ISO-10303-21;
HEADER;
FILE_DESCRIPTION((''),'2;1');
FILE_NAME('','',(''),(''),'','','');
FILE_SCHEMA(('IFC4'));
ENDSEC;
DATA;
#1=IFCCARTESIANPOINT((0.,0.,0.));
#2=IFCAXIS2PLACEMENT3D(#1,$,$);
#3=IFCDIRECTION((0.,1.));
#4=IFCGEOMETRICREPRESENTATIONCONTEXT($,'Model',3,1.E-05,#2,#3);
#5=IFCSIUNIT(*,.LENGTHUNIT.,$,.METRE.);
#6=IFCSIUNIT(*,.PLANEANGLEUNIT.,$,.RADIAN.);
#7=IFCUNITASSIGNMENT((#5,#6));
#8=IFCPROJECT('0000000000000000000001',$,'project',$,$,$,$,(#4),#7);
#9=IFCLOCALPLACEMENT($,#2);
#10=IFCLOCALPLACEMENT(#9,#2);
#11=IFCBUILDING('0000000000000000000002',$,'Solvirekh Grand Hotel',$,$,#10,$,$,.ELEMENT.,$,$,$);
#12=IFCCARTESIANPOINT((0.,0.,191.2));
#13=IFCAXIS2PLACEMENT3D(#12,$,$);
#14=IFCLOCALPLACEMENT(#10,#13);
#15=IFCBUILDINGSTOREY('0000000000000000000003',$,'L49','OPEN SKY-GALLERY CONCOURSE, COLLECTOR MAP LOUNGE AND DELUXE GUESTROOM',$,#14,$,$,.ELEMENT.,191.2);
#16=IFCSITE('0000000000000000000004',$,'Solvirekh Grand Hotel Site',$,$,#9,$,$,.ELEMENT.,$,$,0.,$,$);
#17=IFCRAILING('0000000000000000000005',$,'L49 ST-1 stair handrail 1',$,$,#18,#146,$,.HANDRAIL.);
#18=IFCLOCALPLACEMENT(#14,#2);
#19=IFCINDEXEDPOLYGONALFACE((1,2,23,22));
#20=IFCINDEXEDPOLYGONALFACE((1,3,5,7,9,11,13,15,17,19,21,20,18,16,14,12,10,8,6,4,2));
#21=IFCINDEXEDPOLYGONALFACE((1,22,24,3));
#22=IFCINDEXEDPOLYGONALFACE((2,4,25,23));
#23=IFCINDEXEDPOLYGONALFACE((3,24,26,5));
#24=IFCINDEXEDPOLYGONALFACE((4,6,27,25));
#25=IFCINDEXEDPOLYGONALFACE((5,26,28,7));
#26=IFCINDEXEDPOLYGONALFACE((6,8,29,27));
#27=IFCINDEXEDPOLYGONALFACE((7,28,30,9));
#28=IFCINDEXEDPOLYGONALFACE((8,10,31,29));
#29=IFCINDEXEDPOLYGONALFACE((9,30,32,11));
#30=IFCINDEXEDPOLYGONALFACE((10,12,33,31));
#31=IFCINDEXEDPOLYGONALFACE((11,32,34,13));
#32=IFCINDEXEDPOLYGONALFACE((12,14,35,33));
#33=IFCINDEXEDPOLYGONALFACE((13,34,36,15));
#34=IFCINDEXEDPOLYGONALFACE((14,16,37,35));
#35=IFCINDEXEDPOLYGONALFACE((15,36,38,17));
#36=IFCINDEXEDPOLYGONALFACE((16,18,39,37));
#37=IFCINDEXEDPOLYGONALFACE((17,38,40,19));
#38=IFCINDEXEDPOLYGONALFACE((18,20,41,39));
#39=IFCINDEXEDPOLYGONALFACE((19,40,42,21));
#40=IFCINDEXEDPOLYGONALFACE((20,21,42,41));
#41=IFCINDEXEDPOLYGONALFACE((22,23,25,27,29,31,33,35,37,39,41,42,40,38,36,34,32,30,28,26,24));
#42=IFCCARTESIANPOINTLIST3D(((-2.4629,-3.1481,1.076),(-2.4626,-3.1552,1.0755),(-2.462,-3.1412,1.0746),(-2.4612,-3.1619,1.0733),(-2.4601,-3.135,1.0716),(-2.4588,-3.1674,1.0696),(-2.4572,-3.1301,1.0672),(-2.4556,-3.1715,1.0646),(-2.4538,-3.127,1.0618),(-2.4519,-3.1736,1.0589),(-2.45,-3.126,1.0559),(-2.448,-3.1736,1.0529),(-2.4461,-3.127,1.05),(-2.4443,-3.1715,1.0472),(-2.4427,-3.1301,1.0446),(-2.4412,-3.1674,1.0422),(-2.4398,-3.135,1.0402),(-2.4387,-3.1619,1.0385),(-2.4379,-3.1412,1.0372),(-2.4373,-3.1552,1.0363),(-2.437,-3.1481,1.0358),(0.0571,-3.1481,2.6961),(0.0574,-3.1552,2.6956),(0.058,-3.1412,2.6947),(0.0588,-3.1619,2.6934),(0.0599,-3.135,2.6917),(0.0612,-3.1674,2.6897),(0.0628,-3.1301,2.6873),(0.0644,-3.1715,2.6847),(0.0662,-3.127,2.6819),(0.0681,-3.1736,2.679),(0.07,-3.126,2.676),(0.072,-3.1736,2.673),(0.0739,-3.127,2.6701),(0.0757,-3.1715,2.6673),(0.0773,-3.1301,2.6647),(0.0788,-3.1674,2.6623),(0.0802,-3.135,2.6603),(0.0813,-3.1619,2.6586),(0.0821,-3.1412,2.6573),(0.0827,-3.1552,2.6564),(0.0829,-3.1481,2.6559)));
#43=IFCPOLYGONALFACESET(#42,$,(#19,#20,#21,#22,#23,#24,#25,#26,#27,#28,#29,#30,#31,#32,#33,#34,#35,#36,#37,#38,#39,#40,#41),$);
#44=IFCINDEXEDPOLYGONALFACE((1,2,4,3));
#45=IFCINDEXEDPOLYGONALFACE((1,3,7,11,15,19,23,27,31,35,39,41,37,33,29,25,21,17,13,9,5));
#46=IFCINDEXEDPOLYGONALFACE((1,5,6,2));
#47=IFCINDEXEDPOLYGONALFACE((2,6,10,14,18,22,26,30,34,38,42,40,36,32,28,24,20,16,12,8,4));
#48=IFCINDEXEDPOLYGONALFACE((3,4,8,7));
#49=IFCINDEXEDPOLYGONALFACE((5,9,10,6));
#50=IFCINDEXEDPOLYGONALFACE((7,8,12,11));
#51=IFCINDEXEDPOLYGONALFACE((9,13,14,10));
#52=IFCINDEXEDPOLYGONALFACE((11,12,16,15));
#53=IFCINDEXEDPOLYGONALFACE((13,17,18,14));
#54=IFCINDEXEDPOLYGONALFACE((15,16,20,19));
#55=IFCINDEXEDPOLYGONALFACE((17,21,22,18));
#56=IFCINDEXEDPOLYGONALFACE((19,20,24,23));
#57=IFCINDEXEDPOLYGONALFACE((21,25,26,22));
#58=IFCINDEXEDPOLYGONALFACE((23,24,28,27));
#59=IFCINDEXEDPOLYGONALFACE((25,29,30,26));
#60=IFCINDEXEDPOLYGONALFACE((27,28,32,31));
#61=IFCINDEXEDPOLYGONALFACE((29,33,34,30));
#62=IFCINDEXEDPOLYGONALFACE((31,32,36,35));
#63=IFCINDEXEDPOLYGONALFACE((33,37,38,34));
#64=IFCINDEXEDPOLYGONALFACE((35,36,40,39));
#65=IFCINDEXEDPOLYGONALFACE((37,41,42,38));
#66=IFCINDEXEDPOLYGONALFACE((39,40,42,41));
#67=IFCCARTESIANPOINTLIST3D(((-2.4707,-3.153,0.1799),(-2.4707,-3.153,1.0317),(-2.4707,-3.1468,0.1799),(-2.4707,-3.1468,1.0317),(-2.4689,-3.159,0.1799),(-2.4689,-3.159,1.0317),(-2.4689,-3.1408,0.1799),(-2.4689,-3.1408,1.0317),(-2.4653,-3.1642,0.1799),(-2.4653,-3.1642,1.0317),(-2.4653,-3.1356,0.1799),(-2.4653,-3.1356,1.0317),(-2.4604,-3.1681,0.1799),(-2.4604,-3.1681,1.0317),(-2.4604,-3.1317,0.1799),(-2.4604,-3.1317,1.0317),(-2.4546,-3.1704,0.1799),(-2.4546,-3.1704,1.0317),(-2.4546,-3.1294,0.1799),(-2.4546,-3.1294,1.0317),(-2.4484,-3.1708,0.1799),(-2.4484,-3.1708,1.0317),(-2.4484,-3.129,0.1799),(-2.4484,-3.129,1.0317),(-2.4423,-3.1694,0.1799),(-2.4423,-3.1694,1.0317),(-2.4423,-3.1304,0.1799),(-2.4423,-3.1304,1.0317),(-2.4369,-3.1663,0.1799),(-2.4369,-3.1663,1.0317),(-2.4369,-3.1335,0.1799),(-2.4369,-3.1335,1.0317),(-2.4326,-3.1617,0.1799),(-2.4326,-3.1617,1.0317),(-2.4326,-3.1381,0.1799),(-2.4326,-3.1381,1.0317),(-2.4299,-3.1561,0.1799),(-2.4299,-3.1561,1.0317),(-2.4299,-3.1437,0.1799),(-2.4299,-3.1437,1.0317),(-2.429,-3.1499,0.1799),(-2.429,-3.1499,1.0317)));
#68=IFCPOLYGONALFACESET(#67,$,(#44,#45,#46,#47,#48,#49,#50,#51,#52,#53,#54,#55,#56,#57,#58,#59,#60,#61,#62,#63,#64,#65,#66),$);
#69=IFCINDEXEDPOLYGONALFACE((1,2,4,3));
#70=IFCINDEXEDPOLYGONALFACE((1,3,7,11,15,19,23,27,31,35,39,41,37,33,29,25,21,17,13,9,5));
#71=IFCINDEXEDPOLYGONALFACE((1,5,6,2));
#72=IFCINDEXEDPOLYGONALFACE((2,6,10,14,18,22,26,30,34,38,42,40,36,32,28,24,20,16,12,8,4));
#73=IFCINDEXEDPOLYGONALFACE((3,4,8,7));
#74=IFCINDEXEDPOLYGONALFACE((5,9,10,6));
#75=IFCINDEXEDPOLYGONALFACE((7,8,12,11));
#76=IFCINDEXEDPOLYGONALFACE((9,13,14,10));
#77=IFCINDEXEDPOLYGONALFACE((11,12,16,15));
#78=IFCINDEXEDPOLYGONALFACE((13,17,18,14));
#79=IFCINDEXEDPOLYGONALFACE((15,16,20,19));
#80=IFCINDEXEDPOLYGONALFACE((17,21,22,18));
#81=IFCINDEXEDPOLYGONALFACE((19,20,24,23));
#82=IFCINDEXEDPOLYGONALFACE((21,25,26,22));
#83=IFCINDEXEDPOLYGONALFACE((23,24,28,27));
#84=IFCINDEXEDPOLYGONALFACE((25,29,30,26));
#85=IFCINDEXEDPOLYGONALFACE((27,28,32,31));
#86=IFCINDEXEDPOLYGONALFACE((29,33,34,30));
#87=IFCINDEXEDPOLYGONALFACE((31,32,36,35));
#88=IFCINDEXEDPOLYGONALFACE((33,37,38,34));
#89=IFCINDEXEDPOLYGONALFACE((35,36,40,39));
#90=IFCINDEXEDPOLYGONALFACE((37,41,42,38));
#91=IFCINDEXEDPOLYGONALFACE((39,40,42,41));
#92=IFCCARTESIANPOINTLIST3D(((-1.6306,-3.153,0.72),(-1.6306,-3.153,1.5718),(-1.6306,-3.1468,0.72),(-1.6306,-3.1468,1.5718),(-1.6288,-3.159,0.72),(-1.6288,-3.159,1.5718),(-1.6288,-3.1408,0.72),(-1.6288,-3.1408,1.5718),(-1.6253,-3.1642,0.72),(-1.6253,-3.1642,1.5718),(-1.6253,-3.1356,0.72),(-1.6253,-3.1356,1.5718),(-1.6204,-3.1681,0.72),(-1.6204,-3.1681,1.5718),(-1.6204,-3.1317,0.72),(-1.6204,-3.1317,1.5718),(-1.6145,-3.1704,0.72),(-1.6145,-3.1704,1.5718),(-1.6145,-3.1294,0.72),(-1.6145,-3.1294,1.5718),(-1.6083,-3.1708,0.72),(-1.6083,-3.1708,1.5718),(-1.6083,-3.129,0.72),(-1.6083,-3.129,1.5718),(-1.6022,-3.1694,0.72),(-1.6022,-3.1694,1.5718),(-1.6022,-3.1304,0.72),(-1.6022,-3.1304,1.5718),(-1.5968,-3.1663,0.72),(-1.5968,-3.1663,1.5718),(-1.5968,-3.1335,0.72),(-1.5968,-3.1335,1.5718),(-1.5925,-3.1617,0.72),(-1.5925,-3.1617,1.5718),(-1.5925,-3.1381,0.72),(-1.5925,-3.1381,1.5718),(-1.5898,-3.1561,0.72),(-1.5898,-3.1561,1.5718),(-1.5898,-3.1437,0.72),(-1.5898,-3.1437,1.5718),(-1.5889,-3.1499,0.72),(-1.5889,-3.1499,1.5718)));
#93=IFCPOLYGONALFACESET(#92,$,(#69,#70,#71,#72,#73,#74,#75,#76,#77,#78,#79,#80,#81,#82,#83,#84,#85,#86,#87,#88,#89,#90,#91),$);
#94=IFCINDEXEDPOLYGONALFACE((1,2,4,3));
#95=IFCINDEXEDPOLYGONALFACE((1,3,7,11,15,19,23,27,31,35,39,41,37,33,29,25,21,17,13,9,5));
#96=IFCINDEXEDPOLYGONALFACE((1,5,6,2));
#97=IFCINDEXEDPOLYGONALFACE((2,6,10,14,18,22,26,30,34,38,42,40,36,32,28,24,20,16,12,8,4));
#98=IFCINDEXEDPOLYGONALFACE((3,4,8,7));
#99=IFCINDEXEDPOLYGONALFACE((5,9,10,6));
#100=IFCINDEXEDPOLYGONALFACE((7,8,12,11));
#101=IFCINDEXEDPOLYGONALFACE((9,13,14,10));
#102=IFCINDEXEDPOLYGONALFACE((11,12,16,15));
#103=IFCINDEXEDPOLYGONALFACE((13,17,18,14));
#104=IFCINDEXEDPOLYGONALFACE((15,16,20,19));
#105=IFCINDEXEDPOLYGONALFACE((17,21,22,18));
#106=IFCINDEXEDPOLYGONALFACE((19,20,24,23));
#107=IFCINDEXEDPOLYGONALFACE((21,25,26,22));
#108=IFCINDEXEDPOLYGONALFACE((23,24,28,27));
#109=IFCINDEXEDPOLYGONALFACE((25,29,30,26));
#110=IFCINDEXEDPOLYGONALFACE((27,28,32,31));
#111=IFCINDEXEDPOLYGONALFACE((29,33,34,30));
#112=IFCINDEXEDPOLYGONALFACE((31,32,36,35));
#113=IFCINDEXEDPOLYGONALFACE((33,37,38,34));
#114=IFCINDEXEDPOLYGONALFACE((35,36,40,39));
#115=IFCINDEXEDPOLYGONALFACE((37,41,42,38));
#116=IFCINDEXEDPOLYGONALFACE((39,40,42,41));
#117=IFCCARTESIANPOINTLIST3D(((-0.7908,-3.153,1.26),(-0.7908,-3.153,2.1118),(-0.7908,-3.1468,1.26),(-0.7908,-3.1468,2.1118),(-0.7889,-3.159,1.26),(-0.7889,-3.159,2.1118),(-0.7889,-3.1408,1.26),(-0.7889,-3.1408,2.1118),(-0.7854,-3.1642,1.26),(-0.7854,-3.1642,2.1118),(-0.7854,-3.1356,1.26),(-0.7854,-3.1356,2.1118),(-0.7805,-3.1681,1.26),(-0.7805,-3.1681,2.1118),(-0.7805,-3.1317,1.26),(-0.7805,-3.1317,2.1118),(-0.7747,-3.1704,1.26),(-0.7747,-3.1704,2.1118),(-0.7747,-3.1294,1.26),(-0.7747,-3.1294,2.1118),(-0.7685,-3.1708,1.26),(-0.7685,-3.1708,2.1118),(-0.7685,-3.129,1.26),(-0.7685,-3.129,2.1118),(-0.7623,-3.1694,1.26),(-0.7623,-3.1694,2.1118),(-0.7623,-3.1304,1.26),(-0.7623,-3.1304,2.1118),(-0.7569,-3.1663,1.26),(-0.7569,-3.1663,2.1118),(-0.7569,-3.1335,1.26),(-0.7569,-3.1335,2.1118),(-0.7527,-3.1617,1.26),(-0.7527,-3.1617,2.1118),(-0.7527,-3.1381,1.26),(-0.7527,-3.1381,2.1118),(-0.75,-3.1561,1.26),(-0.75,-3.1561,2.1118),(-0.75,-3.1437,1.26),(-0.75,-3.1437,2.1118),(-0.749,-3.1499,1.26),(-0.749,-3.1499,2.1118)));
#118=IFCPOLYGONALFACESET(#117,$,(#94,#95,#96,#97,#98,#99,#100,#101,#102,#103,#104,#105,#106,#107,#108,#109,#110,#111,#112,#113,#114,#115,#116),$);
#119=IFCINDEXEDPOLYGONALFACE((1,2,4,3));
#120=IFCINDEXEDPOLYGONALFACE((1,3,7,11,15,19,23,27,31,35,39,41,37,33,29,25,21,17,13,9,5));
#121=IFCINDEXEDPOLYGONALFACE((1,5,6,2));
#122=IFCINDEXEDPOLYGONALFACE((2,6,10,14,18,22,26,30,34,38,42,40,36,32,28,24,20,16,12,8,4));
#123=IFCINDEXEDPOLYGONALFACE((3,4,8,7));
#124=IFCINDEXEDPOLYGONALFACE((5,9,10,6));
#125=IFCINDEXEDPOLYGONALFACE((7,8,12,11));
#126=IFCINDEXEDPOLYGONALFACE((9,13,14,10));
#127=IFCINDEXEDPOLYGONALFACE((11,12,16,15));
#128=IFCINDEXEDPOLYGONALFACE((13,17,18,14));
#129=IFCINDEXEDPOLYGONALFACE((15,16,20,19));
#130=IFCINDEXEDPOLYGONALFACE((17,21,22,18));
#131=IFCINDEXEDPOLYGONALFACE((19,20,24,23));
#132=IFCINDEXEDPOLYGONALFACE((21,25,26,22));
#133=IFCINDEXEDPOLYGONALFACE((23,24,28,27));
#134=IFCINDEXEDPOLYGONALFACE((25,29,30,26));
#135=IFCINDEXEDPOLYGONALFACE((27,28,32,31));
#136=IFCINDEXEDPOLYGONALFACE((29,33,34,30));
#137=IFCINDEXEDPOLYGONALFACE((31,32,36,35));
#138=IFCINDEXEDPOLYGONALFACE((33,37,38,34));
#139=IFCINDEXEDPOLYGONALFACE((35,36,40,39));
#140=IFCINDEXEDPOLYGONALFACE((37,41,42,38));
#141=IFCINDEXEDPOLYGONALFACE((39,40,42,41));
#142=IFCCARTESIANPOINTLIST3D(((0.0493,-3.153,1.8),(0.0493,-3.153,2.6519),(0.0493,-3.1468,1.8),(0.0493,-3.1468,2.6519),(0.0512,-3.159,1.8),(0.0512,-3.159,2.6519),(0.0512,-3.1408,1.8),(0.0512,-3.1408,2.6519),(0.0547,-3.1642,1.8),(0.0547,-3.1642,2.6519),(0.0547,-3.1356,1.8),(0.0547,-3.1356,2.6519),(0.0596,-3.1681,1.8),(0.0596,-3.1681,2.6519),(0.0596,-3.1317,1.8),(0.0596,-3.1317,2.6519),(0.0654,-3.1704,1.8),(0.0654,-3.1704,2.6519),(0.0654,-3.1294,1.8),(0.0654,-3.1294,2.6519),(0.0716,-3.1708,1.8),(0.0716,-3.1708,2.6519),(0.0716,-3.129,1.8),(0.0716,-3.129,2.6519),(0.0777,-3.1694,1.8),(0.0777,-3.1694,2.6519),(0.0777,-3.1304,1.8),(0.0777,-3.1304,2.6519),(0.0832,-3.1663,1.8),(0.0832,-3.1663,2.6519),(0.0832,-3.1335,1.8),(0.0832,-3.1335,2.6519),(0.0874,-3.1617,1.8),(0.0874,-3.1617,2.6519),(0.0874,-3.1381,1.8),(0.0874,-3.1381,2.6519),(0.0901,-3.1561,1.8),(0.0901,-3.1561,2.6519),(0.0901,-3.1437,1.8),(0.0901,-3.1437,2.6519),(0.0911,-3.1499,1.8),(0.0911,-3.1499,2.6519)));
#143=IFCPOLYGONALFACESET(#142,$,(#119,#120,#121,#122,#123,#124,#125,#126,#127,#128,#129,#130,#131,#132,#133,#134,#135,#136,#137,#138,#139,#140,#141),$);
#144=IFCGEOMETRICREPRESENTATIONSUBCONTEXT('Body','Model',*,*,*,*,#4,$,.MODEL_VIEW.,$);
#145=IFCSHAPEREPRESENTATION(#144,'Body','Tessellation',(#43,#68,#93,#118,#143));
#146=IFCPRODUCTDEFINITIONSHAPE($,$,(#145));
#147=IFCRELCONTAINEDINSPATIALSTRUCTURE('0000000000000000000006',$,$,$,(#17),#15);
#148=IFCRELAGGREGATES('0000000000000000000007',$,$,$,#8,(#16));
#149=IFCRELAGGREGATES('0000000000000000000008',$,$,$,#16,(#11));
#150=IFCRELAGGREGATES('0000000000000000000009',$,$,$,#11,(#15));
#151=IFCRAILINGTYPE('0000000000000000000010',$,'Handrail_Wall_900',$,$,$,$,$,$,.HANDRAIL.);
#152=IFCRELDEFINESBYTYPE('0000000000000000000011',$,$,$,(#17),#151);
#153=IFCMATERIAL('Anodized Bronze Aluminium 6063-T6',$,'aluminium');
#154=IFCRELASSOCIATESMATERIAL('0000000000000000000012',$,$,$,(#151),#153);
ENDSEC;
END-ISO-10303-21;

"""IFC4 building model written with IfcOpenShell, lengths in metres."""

from ifc_helpers import new_model, si_unit, direction, frame, origin, origin_2d, place, context, subcontext, project, spatial, circle, extrude, material, type_object, element, save


model = new_model("IFC4")

# Units and contexts
model_context = context("Model", 3, precision=1e-05, world=origin(), true_north=direction((0.0, 1.0)))
body_context = subcontext(model_context, "Body", "Model", "MODEL_VIEW")
ifc_project = project(units=[si_unit("LENGTHUNIT", "METRE"), si_unit("PLANEANGLEUNIT", "RADIAN")], contexts=[model_context])

# Site, building, storey
site_placement = place(None, origin())
site = spatial("IfcSite", under=ifc_project, at=site_placement, Name="Solvirekh Grand Hotel Site", CompositionType="ELEMENT", RefElevation=0.0)
building_placement = place(site_placement, origin())
building = spatial("IfcBuilding", under=site, at=building_placement, Name="Solvirekh Grand Hotel", CompositionType="ELEMENT")
storey_placement = place(building_placement, frame((0.0, 0.0, 191.2)))
storey = spatial("IfcBuildingStorey", under=building, at=storey_placement, Name="L49", Description="OPEN SKY-GALLERY CONCOURSE, COLLECTOR MAP LOUNGE AND DELUXE GUESTROOM", CompositionType="ELEMENT", Elevation=191.2)

# Shared definitions
ifc_material_1 = material(Name="Anodized Bronze Aluminium 6063-T6", Category="aluminium")

# Railing
railing_type_1 = type_object("IfcRailingType", Name="Handrail_Wall_900", PredefinedType="HANDRAIL", material=ifc_material_1)
railing_1_placement = place(storey_placement, frame((-2.45, -3.1499, 0.1799)))
element("IfcRailing", 1, at=railing_1_placement, inside=storey, type_object=railing_type_1, Name="L49 ST-1 stair handrail 1", PredefinedType="HANDRAIL", context=body_context, shape_type="SweptSolid", body=[
    extrude(circle(Radius=0.0239, at=origin_2d()), frame((0.0, 0.0, 0.876), z_axis=(0.841163, 0.0, 0.540782), x_axis=(0.0, 1.0, 0.0)), (0.0, 0.0, 1.0), 2.9958),
    extrude(circle(Radius=0.021, at=origin_2d()), origin(), (0.0, 0.0, 1.0), 0.8518),
    extrude(circle(Radius=0.021, at=origin_2d()), frame((0.8401, 0.0, 0.54)), (0.0, 0.0, 1.0), 0.8518),
    extrude(circle(Radius=0.021, at=origin_2d()), frame((1.6799, 0.0, 1.0801)), (0.0, 0.0, 1.0), 0.8518),
    extrude(circle(Radius=0.021, at=origin_2d()), frame((2.52, 0.0, 1.6201)), (0.0, 0.0, 1.0), 0.8518),
])

save(model, "model.ifc")
